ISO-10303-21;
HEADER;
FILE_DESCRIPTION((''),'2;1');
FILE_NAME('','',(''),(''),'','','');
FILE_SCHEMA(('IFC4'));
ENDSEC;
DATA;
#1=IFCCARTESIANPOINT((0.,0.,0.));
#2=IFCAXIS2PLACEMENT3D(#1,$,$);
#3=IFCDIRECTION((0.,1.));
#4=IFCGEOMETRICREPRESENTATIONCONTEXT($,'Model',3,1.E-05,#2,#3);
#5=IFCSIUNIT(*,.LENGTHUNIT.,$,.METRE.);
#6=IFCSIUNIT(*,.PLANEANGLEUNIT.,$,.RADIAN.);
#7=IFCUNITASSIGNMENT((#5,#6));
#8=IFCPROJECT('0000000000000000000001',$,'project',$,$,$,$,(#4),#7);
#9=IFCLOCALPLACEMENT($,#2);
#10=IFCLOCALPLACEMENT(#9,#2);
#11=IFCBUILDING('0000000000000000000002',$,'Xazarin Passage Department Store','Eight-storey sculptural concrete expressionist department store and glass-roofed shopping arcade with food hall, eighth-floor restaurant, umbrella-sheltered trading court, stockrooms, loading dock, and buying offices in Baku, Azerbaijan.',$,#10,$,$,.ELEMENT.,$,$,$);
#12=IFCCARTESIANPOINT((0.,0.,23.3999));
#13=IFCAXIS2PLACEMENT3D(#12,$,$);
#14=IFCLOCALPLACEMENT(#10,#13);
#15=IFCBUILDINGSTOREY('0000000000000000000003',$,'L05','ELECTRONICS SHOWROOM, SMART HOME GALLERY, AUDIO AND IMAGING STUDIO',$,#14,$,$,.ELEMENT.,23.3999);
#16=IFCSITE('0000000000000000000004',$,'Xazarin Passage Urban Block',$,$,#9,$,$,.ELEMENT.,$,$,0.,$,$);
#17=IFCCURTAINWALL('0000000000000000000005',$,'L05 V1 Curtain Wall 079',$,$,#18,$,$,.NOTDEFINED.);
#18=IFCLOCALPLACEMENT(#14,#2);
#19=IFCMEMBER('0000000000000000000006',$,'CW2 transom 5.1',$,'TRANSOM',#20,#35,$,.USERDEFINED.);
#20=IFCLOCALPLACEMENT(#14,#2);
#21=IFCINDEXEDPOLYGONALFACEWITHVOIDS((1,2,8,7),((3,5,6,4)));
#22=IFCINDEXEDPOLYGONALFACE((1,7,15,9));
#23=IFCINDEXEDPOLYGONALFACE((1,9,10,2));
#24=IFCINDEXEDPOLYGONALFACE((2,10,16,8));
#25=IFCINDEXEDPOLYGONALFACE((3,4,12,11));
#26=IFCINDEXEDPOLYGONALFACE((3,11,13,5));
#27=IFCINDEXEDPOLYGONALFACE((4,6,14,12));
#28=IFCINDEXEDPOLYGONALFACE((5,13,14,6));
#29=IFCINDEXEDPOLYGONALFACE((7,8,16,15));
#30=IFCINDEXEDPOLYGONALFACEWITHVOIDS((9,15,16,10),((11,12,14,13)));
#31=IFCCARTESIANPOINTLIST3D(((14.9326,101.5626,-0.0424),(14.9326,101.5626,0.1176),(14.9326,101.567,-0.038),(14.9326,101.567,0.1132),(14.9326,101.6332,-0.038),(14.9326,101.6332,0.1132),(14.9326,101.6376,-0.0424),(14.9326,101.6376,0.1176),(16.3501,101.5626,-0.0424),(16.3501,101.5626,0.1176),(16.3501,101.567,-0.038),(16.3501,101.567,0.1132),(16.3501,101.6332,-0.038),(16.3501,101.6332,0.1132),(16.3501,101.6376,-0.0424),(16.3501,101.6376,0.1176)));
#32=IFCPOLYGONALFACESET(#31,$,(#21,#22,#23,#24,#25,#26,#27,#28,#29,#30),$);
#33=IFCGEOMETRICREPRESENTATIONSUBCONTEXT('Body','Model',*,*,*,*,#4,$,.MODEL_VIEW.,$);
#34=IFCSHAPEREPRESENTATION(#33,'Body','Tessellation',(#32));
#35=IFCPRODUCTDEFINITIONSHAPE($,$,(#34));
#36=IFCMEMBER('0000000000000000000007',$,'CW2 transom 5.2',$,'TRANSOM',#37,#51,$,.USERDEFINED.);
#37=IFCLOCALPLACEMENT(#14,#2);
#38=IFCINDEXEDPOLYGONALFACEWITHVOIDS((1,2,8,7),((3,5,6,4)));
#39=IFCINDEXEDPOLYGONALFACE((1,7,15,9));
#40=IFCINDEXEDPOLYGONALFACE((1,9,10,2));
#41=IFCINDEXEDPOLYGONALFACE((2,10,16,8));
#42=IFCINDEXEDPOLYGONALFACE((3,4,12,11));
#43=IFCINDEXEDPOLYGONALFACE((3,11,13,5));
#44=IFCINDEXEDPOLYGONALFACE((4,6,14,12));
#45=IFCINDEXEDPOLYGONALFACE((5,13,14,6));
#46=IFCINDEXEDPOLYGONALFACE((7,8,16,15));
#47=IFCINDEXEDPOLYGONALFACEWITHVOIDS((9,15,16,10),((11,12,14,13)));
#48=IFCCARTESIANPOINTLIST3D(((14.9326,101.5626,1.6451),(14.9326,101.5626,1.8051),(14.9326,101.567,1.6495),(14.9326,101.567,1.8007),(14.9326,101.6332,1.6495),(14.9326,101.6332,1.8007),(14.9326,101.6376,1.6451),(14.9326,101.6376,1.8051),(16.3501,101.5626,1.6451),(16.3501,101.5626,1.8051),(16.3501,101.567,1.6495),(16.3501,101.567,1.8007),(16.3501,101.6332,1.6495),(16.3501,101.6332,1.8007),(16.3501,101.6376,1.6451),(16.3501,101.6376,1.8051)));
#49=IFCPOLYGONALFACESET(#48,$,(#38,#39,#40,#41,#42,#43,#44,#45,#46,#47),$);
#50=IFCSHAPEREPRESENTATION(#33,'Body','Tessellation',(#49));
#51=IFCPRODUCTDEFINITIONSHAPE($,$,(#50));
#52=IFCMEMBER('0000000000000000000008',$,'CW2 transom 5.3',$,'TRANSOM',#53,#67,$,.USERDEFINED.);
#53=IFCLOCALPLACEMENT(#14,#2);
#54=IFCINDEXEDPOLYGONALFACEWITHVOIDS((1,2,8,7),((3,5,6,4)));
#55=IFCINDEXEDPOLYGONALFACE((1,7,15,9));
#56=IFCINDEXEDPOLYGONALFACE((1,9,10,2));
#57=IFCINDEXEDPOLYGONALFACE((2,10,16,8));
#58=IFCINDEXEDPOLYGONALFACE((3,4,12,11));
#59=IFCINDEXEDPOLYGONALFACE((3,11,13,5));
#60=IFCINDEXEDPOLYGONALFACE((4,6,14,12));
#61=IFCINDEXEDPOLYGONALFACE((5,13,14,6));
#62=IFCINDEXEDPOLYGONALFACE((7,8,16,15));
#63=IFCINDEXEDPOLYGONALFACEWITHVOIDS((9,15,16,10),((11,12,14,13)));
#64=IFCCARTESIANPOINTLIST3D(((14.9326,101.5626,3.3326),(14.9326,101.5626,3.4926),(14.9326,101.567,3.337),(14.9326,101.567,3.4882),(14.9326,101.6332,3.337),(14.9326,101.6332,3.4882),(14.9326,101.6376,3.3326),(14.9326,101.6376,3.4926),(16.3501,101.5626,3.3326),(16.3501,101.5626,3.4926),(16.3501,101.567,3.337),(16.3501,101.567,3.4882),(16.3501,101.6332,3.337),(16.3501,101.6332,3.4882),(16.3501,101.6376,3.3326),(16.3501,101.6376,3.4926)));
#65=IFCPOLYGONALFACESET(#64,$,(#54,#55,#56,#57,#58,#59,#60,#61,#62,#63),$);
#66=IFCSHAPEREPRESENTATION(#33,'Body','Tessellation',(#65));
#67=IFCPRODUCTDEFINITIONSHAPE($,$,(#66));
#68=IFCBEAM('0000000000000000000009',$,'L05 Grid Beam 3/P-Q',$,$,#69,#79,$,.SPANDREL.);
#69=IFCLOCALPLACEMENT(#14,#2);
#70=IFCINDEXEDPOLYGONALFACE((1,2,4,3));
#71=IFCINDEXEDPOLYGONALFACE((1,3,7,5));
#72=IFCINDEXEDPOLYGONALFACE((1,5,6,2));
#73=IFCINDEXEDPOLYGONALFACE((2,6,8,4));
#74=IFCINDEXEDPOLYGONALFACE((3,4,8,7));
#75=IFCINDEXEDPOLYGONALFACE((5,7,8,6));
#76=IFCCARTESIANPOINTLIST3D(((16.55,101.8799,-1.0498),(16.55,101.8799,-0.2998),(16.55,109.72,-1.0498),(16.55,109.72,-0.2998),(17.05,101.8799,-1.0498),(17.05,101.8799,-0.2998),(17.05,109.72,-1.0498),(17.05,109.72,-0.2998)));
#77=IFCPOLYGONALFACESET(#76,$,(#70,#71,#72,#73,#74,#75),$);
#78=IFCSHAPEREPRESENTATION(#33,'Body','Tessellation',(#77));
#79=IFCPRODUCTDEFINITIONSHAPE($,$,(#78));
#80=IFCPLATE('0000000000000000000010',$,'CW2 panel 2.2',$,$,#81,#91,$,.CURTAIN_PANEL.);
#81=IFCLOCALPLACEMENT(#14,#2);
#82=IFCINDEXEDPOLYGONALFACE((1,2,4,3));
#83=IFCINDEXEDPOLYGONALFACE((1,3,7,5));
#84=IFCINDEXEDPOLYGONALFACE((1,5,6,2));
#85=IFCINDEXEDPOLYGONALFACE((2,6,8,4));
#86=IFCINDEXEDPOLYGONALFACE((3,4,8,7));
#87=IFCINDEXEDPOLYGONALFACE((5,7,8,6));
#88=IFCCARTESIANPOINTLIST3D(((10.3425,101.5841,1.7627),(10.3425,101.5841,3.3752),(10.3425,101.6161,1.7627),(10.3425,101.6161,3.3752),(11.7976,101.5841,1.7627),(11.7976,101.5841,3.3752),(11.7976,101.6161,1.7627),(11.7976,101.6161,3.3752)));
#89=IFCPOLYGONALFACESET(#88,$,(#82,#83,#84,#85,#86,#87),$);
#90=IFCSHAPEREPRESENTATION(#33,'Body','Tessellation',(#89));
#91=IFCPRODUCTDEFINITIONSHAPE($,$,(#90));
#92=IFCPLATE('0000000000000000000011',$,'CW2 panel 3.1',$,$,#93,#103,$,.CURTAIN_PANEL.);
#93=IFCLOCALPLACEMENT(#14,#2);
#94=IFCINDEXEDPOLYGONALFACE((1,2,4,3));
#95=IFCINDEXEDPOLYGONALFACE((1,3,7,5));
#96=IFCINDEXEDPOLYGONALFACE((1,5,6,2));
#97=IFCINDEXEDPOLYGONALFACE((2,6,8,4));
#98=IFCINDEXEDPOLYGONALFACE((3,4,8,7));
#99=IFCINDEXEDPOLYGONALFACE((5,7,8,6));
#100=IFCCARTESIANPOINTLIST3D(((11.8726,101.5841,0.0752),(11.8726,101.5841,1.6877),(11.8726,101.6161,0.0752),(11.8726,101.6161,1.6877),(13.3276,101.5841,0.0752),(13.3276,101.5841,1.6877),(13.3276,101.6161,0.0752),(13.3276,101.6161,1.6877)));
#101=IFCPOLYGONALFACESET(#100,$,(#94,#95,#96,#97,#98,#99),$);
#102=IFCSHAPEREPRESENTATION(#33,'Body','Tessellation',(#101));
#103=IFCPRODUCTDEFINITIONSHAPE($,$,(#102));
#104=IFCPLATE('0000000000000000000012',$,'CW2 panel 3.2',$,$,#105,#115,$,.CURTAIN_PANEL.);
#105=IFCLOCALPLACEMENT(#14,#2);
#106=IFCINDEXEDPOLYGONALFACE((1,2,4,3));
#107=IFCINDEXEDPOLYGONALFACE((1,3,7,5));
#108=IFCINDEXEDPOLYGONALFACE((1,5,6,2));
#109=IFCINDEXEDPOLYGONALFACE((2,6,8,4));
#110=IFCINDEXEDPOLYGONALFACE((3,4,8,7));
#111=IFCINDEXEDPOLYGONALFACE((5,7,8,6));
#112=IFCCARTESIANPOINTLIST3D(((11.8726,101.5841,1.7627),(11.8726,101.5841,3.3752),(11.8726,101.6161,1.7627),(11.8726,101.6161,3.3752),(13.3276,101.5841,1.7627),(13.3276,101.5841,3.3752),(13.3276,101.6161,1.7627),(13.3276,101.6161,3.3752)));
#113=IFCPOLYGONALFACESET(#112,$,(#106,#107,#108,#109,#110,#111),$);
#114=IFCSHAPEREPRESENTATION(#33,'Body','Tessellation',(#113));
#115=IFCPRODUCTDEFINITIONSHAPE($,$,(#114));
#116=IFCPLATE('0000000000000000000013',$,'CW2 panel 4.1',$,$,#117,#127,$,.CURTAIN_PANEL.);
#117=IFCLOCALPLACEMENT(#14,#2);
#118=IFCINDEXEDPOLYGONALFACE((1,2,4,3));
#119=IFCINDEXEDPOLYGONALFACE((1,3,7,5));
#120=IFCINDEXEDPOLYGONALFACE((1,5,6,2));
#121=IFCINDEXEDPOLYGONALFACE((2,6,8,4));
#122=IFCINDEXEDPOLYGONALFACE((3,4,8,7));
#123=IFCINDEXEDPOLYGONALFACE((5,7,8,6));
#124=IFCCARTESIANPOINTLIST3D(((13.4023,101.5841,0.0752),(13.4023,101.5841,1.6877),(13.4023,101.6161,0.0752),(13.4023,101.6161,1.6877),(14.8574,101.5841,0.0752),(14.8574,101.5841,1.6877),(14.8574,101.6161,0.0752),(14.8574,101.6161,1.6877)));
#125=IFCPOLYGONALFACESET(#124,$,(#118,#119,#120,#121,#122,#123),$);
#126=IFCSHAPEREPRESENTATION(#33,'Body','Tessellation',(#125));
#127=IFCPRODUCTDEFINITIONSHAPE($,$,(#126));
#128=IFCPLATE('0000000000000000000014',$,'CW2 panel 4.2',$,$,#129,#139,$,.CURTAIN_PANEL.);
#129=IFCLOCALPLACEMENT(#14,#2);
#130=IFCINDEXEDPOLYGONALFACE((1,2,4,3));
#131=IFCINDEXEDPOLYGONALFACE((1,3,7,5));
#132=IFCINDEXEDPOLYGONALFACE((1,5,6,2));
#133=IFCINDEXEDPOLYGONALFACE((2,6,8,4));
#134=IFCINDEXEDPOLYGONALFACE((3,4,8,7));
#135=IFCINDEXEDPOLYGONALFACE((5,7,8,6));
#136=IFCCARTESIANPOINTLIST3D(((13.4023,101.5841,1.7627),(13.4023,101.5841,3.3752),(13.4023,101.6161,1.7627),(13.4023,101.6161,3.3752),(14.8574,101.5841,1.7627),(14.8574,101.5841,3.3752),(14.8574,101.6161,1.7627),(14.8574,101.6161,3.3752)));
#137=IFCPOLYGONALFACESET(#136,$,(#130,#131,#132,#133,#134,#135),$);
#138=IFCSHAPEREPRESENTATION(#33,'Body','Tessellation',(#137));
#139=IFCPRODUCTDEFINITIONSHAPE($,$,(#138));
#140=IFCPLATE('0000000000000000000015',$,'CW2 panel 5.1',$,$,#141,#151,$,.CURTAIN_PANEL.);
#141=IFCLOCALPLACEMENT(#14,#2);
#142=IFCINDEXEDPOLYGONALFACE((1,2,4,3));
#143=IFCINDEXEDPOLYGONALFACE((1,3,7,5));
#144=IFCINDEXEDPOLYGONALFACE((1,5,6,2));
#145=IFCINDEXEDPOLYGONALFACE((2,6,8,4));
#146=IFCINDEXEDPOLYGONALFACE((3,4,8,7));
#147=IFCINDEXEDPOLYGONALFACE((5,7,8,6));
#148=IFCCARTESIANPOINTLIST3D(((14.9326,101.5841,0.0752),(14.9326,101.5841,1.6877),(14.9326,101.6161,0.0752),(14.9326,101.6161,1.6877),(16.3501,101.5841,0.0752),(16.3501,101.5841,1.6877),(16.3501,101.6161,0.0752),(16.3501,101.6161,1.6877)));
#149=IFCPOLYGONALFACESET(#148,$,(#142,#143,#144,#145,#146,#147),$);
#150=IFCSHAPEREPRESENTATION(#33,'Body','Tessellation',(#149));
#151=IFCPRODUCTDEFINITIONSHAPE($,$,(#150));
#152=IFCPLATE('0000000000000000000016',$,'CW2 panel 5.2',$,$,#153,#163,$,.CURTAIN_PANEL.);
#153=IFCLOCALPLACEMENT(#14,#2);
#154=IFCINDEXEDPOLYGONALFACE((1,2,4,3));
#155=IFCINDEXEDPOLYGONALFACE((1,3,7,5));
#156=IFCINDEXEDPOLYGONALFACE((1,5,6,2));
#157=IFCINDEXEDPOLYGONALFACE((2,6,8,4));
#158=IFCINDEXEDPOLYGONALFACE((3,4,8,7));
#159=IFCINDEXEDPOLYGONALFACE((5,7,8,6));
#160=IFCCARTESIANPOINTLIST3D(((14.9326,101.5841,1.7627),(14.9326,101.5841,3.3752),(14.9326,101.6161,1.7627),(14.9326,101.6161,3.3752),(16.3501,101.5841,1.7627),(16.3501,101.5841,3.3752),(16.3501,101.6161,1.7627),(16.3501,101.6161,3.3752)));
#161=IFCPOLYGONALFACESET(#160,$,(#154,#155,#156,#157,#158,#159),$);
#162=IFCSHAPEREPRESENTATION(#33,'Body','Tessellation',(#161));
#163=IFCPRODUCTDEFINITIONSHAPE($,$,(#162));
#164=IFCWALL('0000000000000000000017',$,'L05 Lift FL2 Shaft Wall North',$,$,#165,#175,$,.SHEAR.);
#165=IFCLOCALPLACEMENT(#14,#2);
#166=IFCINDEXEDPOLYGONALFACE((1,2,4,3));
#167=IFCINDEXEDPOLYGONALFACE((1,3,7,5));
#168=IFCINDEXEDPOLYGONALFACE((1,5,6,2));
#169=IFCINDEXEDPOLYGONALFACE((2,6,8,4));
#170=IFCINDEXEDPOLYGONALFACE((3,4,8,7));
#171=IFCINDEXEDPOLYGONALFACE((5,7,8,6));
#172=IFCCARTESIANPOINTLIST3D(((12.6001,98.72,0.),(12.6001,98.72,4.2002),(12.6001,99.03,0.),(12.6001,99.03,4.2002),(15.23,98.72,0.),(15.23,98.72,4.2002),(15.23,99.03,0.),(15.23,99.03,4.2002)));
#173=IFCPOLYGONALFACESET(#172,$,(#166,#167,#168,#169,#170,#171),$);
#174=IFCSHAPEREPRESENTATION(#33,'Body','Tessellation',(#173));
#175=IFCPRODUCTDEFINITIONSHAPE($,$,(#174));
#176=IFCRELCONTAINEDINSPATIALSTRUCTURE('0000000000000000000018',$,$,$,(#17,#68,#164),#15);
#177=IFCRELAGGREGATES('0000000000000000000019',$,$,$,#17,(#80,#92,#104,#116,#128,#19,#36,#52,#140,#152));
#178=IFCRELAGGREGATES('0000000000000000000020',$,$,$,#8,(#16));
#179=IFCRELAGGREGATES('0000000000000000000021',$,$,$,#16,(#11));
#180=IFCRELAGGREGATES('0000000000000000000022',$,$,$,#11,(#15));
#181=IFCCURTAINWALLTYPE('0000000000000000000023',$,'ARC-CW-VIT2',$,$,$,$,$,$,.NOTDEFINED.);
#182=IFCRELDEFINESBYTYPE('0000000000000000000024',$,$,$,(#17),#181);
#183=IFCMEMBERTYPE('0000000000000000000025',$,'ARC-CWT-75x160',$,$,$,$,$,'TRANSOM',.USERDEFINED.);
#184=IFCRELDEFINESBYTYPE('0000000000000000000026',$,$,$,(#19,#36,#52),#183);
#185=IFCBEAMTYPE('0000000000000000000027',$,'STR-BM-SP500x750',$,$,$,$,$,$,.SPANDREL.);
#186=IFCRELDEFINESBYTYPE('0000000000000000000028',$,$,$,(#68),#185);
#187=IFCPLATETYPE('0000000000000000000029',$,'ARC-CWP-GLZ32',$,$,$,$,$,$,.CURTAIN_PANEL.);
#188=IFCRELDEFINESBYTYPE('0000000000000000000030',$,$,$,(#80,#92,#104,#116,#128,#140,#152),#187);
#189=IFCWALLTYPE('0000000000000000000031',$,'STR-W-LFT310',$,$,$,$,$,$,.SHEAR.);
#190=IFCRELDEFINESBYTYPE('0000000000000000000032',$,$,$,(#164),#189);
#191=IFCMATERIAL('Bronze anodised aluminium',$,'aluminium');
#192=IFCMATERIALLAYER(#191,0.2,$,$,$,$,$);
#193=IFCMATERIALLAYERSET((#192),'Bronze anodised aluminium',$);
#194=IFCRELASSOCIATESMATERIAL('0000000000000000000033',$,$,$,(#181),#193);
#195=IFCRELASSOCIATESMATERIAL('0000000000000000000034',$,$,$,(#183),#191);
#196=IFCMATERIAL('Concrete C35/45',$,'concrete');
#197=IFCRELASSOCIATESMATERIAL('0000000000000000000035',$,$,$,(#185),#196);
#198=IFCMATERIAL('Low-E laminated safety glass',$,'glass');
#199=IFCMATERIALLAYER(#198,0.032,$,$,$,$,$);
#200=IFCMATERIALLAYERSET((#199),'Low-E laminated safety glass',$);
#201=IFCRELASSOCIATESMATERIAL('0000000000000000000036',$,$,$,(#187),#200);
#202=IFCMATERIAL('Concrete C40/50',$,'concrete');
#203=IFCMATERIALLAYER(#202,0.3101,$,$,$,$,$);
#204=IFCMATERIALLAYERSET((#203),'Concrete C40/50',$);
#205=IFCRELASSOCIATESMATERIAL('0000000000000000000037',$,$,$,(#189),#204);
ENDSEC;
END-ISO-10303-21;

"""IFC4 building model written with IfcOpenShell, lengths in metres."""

from ifc_helpers import new_model, si_unit, direction, frame, frame_2d, origin, origin_2d, place, context, subcontext, project, spatial, rectangle, hollow_rectangle, extrude, material, layer, layer_set, material_profile, profile_set, type_object, element, aggregate, save


model = new_model("IFC4")

# Units and contexts
model_context = context("Model", 3, precision=1e-05, world=origin(), true_north=direction((0.0, 1.0)))
body_context = subcontext(model_context, "Body", "Model", "MODEL_VIEW")
ifc_project = project(units=[si_unit("LENGTHUNIT", "METRE"), si_unit("PLANEANGLEUNIT", "RADIAN")], contexts=[model_context])

# Site, building, storey
site_placement = place(None, origin())
site = spatial("IfcSite", under=ifc_project, at=site_placement, Name="Xazarin Passage Urban Block", CompositionType="ELEMENT", RefElevation=0.0)
building_placement = place(site_placement, origin())
building = spatial("IfcBuilding", under=site, at=building_placement, Name="Xazarin Passage Department Store", Description="Eight-storey sculptural concrete expressionist department store and glass-roofed shopping arcade with food hall, eighth-floor restaurant, umbrella-sheltered trading court, stockrooms, loading dock, and buying offices in Baku, Azerbaijan.", CompositionType="ELEMENT")
storey_placement = place(building_placement, frame((0.0, 0.0, 23.3999)))
storey = spatial("IfcBuildingStorey", under=building, at=storey_placement, Name="L05", Description="ELECTRONICS SHOWROOM, SMART HOME GALLERY, AUDIO AND IMAGING STUDIO", CompositionType="ELEMENT", Elevation=23.3999)

# Shared definitions
ifc_material_1 = material(Name="Concrete C40/50", Category="concrete")

# Curtain wall, members
ifc_material_2 = material(Name="Bronze anodised aluminium", Category="aluminium")
ifc_layer_1 = layer(ifc_material_2, 0.2)
ifc_layer_set_1 = layer_set([ifc_layer_1], Name="Bronze anodised aluminium")
curtain_wall_type = type_object("IfcCurtainWallType", Name="ARC-CW-VIT2", PredefinedType="NOTDEFINED", material=ifc_layer_set_1)
curtain_wall_placement = place(storey_placement, origin())
curtain_wall = element("IfcCurtainWall", 1, at=curtain_wall_placement, inside=storey, type_object=curtain_wall_type, Name="L05 V1 Curtain Wall 079", PredefinedType="NOTDEFINED")
ifc_material_profile_1 = material_profile(ifc_material_2, hollow_rectangle(XDim=0.075, YDim=0.1599, WallThickness=0.0044, at=origin_2d()), Name="ALU 75x160")
ifc_profile_set_1 = profile_set([ifc_material_profile_1], Name="Bronze anodised aluminium")
member_type_1 = type_object("IfcMemberType", Name="ARC-CWT-75x160", ElementType="TRANSOM", PredefinedType="USERDEFINED", material=ifc_profile_set_1)
member_1_placement = place(storey_placement, frame((14.9326, 101.6001, 0.0376), z_axis=(1.0, 0.0, 0.0), x_axis=(0.0, 1.0, 0.0)))
member_1 = element("IfcMember", 2, at=member_1_placement, type_object=member_type_1, Name="CW2 transom 5.1", ObjectType="TRANSOM", PredefinedType="USERDEFINED", context=body_context, shape_type="SweptSolid", body=[
    extrude(hollow_rectangle(XDim=0.075, YDim=0.1599, WallThickness=0.0044, at=origin_2d()), origin(), (0.0, 0.0, 1.0), 1.4175),
])
member_2_placement = place(storey_placement, frame((14.9326, 101.6001, 1.7251), z_axis=(1.0, 0.0, 0.0), x_axis=(0.0, 1.0, 0.0)))
member_2 = element("IfcMember", 3, at=member_2_placement, type_object=member_type_1, Name="CW2 transom 5.2", ObjectType="TRANSOM", PredefinedType="USERDEFINED", context=body_context, shape_type="SweptSolid", body=[
    extrude(hollow_rectangle(XDim=0.075, YDim=0.1599, WallThickness=0.0044, at=origin_2d()), origin(), (0.0, 0.0, 1.0), 1.4175),
])
member_3_placement = place(storey_placement, frame((14.9326, 101.6001, 3.4126), z_axis=(1.0, 0.0, 0.0), x_axis=(0.0, 1.0, 0.0)))
member_3 = element("IfcMember", 4, at=member_3_placement, type_object=member_type_1, Name="CW2 transom 5.3", ObjectType="TRANSOM", PredefinedType="USERDEFINED", context=body_context, shape_type="SweptSolid", body=[
    extrude(hollow_rectangle(XDim=0.075, YDim=0.1599, WallThickness=0.0044, at=origin_2d()), origin(), (0.0, 0.0, 1.0), 1.4175),
])

# Beam
ifc_material_3 = material(Name="Concrete C35/45", Category="concrete")
ifc_material_profile_2 = material_profile(ifc_material_3, rectangle(XDim=0.5, YDim=0.75, at=origin_2d()), Name="RC 500x750")
ifc_profile_set_2 = profile_set([ifc_material_profile_2], Name="Concrete C35/45")
beam_type = type_object("IfcBeamType", Name="STR-BM-SP500x750", PredefinedType="SPANDREL", material=ifc_profile_set_2)
beam_placement = place(storey_placement, frame((16.8, 101.8799, -0.6748), z_axis=(0.0, 1.0, 0.0), x_axis=(-1.0, 0.0, 0.0)))
element("IfcBeam", 5, at=beam_placement, inside=storey, type_object=beam_type, Name="L05 Grid Beam 3/P-Q", PredefinedType="SPANDREL", context=body_context, shape_type="SweptSolid", body=[
    extrude(rectangle(XDim=0.5, YDim=0.75, at=origin_2d()), origin(), (0.0, 0.0, 1.0), 7.8401),
])

# Plates
ifc_material_4 = material(Name="Low-E laminated safety glass", Category="glass")
ifc_layer_2 = layer(ifc_material_4, 0.032)
ifc_layer_set_2 = layer_set([ifc_layer_2], Name="Low-E laminated safety glass")
plate_type = type_object("IfcPlateType", Name="ARC-CWP-GLZ32", PredefinedType="CURTAIN_PANEL", material=ifc_layer_set_2)
plate_1_placement = place(storey_placement, frame((11.0701, 101.6001, 1.7627), z_axis=(0.0, 0.0, 1.0), x_axis=(1.0, 0.0, 0.0)))
plate_1 = element("IfcPlate", 6, at=plate_1_placement, type_object=plate_type, Name="CW2 panel 2.2", PredefinedType="CURTAIN_PANEL", context=body_context, shape_type="SweptSolid", body=[
    extrude(rectangle(XDim=1.4551, YDim=0.032, at=origin_2d()), origin(), (0.0, 0.0, 1.0), 1.6125),
])
plate_2_placement = place(storey_placement, frame((12.6001, 101.6001, 0.0752), z_axis=(0.0, 0.0, 1.0), x_axis=(1.0, 0.0, 0.0)))
plate_2 = element("IfcPlate", 7, at=plate_2_placement, type_object=plate_type, Name="CW2 panel 3.1", PredefinedType="CURTAIN_PANEL", context=body_context, shape_type="SweptSolid", body=[
    extrude(rectangle(XDim=1.4551, YDim=0.032, at=origin_2d()), origin(), (0.0, 0.0, 1.0), 1.6125),
])
plate_3_placement = place(storey_placement, frame((12.6001, 101.6001, 1.7627), z_axis=(0.0, 0.0, 1.0), x_axis=(1.0, 0.0, 0.0)))
plate_3 = element("IfcPlate", 8, at=plate_3_placement, type_object=plate_type, Name="CW2 panel 3.2", PredefinedType="CURTAIN_PANEL", context=body_context, shape_type="SweptSolid", body=[
    extrude(rectangle(XDim=1.4551, YDim=0.032, at=origin_2d()), origin(), (0.0, 0.0, 1.0), 1.6125),
])
plate_4_placement = place(storey_placement, frame((14.1299, 101.6001, 0.0752), z_axis=(0.0, 0.0, 1.0), x_axis=(1.0, 0.0, 0.0)))
plate_4 = element("IfcPlate", 9, at=plate_4_placement, type_object=plate_type, Name="CW2 panel 4.1", PredefinedType="CURTAIN_PANEL", context=body_context, shape_type="SweptSolid", body=[
    extrude(rectangle(XDim=1.4551, YDim=0.032, at=origin_2d()), origin(), (0.0, 0.0, 1.0), 1.6125),
])
plate_5_placement = place(storey_placement, frame((14.1299, 101.6001, 1.7627), z_axis=(0.0, 0.0, 1.0), x_axis=(1.0, 0.0, 0.0)))
plate_5 = element("IfcPlate", 10, at=plate_5_placement, type_object=plate_type, Name="CW2 panel 4.2", PredefinedType="CURTAIN_PANEL", context=body_context, shape_type="SweptSolid", body=[
    extrude(rectangle(XDim=1.4551, YDim=0.032, at=origin_2d()), origin(), (0.0, 0.0, 1.0), 1.6125),
])
plate_6_placement = place(storey_placement, frame((15.6414, 101.6001, 0.0752), z_axis=(0.0, 0.0, 1.0), x_axis=(1.0, 0.0, 0.0)))
plate_6 = element("IfcPlate", 11, at=plate_6_placement, type_object=plate_type, Name="CW2 panel 5.1", PredefinedType="CURTAIN_PANEL", context=body_context, shape_type="SweptSolid", body=[
    extrude(rectangle(XDim=1.4175, YDim=0.032, at=origin_2d()), origin(), (0.0, 0.0, 1.0), 1.6125),
])
plate_7_placement = place(storey_placement, frame((15.6414, 101.6001, 1.7627), z_axis=(0.0, 0.0, 1.0), x_axis=(1.0, 0.0, 0.0)))
plate_7 = element("IfcPlate", 12, at=plate_7_placement, type_object=plate_type, Name="CW2 panel 5.2", PredefinedType="CURTAIN_PANEL", context=body_context, shape_type="SweptSolid", body=[
    extrude(rectangle(XDim=1.4175, YDim=0.032, at=origin_2d()), origin(), (0.0, 0.0, 1.0), 1.6125),
])
aggregate(curtain_wall, [plate_1, plate_2, plate_3, plate_4, plate_5, member_1, member_2, member_3, plate_6, plate_7])

# Wall
ifc_layer_3 = layer(ifc_material_1, 0.3101)
ifc_layer_set_3 = layer_set([ifc_layer_3], Name="Concrete C40/50")
wall_type = type_object("IfcWallType", Name="STR-W-LFT310", PredefinedType="SHEAR", material=ifc_layer_set_3)
wall_placement = place(storey_placement, frame((12.6001, 98.875, 0.0), z_axis=(0.0, 0.0, 1.0), x_axis=(1.0, 0.0, 0.0)))
element("IfcWall", 13, at=wall_placement, inside=storey, type_object=wall_type, Name="L05 Lift FL2 Shaft Wall North", PredefinedType="SHEAR", context=body_context, shape_type="SweptSolid", body=[
    extrude(rectangle(XDim=2.6299, YDim=0.3101, at=frame_2d((1.3149, 0.0))), origin(), (0.0, 0.0, 1.0), 4.2002),
])

save(model, "model.ifc")
